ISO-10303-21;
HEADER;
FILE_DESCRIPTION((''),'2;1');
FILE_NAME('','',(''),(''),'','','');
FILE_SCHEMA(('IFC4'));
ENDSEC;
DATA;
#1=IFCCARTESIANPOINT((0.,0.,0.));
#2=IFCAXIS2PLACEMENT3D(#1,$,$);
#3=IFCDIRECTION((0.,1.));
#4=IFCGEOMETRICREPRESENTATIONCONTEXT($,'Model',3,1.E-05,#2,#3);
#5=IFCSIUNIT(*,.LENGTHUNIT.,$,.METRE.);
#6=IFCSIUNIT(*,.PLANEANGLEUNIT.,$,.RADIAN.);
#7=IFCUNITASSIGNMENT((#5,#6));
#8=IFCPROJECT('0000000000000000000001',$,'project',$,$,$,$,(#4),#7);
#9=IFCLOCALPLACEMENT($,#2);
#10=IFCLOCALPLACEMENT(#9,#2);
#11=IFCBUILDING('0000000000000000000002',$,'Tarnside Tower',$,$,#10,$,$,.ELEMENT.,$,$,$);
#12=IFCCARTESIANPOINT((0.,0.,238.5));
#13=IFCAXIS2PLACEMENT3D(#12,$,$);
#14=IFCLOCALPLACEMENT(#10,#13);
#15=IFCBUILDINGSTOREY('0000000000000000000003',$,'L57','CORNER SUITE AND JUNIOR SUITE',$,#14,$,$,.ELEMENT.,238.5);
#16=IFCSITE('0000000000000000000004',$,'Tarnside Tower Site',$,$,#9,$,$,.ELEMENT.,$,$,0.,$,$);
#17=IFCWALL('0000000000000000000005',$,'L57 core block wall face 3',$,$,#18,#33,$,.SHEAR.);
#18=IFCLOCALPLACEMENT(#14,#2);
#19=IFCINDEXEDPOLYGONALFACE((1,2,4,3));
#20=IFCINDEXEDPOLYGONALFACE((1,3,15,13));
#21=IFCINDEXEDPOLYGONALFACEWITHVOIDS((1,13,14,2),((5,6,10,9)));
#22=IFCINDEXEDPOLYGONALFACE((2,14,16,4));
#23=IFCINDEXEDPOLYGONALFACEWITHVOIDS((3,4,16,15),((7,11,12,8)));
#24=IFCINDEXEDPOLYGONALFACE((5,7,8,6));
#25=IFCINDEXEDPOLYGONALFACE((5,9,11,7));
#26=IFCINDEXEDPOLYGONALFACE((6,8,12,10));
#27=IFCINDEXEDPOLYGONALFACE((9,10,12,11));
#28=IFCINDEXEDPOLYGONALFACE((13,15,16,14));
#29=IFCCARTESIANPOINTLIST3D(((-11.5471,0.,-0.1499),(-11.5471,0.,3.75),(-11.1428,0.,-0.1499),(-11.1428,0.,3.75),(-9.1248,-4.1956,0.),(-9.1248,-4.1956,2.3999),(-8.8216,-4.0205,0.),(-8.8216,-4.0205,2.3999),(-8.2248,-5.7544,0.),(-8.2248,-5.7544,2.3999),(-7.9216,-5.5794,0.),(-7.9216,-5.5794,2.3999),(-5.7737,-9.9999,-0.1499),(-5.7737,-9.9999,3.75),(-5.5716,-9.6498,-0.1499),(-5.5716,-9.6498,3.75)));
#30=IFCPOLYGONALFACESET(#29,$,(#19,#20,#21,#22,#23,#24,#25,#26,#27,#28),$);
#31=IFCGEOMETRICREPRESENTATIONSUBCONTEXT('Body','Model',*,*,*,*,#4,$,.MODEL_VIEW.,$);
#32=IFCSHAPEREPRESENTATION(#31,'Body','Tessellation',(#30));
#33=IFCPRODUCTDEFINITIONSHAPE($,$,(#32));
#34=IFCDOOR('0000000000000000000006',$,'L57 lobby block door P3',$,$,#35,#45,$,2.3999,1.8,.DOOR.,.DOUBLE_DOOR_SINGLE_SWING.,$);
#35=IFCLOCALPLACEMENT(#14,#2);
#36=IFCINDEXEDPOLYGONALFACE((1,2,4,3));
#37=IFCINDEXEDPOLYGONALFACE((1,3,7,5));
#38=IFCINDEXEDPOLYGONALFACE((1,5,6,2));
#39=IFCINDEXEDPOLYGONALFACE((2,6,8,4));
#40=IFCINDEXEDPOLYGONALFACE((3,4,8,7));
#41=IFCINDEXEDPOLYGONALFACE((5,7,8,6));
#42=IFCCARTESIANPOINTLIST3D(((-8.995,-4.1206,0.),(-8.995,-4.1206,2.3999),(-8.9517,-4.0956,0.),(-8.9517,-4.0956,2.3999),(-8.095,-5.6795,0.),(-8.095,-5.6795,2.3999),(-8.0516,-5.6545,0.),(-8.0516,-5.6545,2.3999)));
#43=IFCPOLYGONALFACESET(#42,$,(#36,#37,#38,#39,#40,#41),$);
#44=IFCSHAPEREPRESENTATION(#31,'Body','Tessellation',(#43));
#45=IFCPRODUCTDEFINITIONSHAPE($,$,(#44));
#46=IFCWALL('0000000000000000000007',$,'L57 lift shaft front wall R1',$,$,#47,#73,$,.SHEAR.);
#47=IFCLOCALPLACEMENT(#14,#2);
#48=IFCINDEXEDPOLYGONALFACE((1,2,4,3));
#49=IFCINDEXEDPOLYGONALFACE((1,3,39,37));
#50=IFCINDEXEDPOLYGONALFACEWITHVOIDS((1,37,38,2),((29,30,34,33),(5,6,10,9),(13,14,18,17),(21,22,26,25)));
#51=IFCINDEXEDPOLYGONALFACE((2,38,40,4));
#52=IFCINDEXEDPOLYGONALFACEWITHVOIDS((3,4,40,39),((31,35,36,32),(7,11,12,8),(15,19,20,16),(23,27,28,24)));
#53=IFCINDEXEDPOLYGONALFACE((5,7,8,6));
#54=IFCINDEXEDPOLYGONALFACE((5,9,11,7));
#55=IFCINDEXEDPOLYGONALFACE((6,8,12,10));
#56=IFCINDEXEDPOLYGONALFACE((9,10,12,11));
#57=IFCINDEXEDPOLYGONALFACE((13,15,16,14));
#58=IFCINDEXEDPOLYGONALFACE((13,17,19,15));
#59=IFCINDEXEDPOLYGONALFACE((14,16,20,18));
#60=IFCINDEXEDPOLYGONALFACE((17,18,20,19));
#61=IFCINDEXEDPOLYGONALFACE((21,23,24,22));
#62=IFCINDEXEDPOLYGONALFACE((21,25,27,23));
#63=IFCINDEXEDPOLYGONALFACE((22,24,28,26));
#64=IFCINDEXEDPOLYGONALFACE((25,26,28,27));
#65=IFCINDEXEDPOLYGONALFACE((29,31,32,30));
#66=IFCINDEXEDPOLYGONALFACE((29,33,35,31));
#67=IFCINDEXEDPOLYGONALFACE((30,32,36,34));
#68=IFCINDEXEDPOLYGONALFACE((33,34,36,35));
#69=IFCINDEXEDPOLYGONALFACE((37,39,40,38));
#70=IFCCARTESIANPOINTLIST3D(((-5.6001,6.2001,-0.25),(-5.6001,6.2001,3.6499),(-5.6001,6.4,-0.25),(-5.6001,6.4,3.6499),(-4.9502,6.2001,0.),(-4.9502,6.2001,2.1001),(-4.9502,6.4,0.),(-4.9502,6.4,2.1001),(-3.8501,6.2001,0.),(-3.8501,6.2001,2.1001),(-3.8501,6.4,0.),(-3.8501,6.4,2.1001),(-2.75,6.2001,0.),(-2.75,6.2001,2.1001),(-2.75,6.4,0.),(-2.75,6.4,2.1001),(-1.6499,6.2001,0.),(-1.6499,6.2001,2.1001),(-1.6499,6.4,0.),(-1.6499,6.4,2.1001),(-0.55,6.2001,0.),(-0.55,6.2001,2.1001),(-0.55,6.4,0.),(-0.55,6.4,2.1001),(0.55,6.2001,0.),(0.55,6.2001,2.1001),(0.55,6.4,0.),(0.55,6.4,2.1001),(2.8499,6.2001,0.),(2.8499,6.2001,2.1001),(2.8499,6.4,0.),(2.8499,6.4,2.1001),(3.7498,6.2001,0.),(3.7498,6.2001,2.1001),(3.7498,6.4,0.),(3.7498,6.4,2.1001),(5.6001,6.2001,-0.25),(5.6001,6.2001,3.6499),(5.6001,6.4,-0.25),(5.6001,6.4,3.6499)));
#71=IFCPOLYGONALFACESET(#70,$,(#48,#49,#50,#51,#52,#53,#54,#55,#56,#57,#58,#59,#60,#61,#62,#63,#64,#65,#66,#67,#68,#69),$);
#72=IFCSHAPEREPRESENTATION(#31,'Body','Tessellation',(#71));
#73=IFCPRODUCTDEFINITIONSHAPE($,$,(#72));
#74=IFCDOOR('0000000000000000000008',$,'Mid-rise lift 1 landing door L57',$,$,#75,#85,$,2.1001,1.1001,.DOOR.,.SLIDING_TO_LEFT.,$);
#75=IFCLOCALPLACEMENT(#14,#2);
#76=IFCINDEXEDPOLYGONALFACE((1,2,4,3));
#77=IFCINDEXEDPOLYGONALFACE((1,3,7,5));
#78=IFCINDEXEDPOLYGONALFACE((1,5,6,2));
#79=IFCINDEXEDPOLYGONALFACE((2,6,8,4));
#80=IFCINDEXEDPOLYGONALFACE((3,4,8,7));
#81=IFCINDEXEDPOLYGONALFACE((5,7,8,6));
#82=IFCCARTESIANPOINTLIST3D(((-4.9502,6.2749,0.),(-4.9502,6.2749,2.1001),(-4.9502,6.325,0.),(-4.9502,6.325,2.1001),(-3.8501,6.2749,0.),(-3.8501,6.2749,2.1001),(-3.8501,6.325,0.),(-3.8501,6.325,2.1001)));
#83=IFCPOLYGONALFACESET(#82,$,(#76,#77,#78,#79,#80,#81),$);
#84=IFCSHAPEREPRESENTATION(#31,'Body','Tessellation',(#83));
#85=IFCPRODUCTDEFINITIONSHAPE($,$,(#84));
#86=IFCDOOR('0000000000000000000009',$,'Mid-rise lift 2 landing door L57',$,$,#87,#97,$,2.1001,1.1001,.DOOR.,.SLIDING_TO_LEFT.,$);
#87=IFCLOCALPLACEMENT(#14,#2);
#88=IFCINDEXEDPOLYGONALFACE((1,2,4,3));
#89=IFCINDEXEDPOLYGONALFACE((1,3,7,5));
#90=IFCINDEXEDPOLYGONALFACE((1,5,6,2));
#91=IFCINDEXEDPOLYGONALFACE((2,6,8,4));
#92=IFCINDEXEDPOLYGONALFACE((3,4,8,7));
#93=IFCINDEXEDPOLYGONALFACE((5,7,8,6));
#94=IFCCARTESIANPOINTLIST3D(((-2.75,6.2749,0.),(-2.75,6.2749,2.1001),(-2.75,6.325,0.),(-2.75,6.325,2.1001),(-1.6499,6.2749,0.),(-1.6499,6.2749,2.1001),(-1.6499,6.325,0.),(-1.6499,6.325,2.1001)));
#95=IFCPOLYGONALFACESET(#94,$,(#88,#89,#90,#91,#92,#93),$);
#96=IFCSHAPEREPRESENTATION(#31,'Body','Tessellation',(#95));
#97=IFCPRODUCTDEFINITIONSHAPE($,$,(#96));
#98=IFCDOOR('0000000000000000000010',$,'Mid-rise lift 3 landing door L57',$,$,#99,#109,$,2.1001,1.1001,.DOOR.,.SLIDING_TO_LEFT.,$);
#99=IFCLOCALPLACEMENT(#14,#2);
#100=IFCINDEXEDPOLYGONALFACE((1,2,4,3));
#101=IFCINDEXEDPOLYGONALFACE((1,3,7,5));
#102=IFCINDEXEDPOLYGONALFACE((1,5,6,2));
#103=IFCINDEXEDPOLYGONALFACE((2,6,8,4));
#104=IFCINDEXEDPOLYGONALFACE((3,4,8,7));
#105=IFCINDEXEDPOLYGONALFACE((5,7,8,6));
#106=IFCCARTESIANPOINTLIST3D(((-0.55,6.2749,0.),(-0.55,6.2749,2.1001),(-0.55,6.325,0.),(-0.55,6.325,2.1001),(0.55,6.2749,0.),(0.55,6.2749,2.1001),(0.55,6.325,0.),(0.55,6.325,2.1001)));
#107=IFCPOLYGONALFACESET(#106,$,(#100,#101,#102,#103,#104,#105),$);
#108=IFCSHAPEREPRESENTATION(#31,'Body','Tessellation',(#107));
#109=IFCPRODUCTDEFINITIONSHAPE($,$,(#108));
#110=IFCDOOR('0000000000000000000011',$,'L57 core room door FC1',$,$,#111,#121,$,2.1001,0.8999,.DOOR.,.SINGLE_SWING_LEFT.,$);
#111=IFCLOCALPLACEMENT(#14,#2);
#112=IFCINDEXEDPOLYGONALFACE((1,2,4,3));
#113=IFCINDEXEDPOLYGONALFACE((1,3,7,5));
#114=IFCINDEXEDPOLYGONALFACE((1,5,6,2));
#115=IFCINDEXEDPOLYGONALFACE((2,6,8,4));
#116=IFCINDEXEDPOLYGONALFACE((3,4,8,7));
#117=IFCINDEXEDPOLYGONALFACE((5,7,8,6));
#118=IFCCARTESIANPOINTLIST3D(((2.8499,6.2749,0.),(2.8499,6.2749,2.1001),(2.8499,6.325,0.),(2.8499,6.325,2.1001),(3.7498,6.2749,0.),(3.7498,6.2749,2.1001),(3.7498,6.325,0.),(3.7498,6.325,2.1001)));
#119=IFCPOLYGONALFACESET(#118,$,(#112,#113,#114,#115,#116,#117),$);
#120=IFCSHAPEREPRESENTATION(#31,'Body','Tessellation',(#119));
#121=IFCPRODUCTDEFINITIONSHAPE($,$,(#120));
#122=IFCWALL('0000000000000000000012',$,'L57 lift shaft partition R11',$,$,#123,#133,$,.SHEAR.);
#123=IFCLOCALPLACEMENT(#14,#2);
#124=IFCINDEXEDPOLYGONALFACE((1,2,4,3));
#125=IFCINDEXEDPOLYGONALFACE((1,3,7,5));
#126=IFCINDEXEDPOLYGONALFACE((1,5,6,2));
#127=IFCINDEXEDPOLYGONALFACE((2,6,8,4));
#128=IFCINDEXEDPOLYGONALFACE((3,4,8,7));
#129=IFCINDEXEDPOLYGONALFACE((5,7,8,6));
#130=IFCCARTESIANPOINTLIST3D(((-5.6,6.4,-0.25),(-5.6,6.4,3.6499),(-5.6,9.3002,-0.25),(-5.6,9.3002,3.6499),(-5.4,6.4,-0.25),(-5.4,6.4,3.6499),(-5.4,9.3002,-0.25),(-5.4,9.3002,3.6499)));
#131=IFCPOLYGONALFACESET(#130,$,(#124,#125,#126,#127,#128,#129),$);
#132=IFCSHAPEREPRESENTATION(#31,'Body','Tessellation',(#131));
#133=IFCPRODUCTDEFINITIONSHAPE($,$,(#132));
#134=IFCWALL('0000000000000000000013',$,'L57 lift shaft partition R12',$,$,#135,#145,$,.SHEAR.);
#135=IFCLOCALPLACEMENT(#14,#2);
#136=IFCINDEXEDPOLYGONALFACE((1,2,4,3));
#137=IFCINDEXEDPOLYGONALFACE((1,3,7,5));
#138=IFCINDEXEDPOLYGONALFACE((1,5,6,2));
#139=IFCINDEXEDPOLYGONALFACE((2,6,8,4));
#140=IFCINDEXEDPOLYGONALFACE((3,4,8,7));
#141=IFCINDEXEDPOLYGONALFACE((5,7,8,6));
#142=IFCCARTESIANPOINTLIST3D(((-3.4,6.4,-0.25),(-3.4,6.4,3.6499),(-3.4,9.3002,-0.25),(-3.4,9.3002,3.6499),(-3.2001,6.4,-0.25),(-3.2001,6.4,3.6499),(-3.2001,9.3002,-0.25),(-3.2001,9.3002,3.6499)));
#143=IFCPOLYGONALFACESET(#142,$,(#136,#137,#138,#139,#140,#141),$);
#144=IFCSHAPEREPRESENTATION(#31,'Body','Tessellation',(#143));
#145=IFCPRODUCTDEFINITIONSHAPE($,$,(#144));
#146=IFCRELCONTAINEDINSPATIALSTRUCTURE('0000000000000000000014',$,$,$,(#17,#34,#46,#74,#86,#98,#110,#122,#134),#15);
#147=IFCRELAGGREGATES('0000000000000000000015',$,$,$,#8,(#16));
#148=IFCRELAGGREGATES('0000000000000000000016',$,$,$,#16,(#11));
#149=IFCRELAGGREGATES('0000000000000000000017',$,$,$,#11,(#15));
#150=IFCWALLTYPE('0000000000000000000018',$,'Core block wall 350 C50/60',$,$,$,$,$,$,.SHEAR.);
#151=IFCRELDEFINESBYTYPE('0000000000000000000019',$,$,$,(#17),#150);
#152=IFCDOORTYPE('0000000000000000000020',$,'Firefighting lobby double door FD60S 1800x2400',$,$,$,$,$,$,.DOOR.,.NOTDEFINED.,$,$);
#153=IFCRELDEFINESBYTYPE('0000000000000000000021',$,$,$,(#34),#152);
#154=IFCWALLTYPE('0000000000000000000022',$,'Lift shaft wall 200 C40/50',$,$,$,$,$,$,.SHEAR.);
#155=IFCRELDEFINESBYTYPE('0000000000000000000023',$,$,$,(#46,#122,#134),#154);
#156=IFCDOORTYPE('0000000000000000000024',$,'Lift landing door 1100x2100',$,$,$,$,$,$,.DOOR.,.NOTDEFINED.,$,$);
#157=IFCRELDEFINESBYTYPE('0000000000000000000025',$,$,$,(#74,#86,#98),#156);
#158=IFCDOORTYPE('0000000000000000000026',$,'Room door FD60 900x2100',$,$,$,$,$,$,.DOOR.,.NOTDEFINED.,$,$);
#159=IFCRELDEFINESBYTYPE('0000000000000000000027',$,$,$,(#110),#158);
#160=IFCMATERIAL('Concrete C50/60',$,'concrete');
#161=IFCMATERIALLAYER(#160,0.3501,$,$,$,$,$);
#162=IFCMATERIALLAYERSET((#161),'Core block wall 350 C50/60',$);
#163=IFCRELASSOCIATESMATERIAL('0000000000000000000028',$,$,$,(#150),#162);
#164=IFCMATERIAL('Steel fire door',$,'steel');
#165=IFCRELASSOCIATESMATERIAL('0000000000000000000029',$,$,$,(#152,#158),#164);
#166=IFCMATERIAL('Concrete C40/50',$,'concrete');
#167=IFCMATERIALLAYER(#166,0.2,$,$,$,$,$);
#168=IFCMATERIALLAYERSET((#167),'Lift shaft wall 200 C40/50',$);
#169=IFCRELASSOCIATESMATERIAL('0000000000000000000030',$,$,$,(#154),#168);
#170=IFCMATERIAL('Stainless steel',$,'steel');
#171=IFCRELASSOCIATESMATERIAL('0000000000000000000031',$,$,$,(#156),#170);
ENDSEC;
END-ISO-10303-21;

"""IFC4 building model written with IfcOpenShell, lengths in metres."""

from ifc_helpers import new_model, si_unit, direction, frame, frame_2d, origin, place, context, subcontext, project, spatial, polyline, rectangle, outline, extrude, material, layer, layer_set, type_object, element, fill, save


model = new_model("IFC4")

# Units and contexts
model_context = context("Model", 3, precision=1e-05, world=origin(), true_north=direction((0.0, 1.0)))
body_context = subcontext(model_context, "Body", "Model", "MODEL_VIEW")
ifc_project = project(units=[si_unit("LENGTHUNIT", "METRE"), si_unit("PLANEANGLEUNIT", "RADIAN")], contexts=[model_context])

# Site, building, storey
site_placement = place(None, origin())
site = spatial("IfcSite", under=ifc_project, at=site_placement, Name="Tarnside Tower Site", CompositionType="ELEMENT", RefElevation=0.0)
building_placement = place(site_placement, origin())
building = spatial("IfcBuilding", under=site, at=building_placement, Name="Tarnside Tower", CompositionType="ELEMENT")
storey_placement = place(building_placement, frame((0.0, 0.0, 238.5)))
storey = spatial("IfcBuildingStorey", under=building, at=storey_placement, Name="L57", Description="CORNER SUITE AND JUNIOR SUITE", CompositionType="ELEMENT", Elevation=238.5)

# Wall, opening, door
ifc_material_1 = material(Name="Concrete C50/60", Category="concrete")
ifc_layer_1 = layer(ifc_material_1, 0.3501)
ifc_layer_set_1 = layer_set([ifc_layer_1], Name="Core block wall 350 C50/60")
wall_type_1 = type_object("IfcWallType", Name="Core block wall 350 C50/60", PredefinedType="SHEAR", material=ifc_layer_set_1)
wall_1_placement = place(storey_placement, frame((-11.345, 0.0, -0.1499), z_axis=(0.0, 0.0, 1.0), x_axis=(0.499995, -0.866028, 0.0)))
wall_1 = element("IfcWall", 1, at=wall_1_placement, inside=storey, type_object=wall_type_1, Name="L57 core block wall face 3", PredefinedType="SHEAR", context=body_context, shape_type="SweptSolid", body=[
    extrude(outline(polyline([(-0.1011, -0.175), (11.4458, -0.175), (11.2437, 0.175), (0.1011, 0.175), (-0.1011, -0.175)])), origin(), (0.0, 0.0, 1.0), 3.8999),
])
opening_1_placement = place(wall_1_placement, frame((4.7437, 0.0, 0.1499)))
opening_1 = element("IfcOpeningElement", 2, at=opening_1_placement, cuts=wall_1, PredefinedType="OPENING", context=body_context, shape_type="SweptSolid", body=[
    extrude(rectangle(XDim=1.8, YDim=2.3999, at=frame_2d((0.8999, 1.2))), frame((0.0, 0.1851, 0.0), z_axis=(0.0, -1.0, 0.0), x_axis=(1.0, 0.0, 0.0)), (0.0, 0.0, 1.0), 0.3701),
])
ifc_material_2 = material(Name="Steel fire door", Category="steel")
door_type_1 = type_object("IfcDoorType", Name="Firefighting lobby double door FD60S 1800x2400", OperationType="NOTDEFINED", PredefinedType="DOOR", material=ifc_material_2)
door_1_placement = place(opening_1_placement, origin())
door_1 = element("IfcDoor", 3, at=door_1_placement, inside=storey, type_object=door_type_1, Name="L57 lobby block door P3", OperationType="DOUBLE_DOOR_SINGLE_SWING", OverallHeight=2.3999, OverallWidth=1.8, PredefinedType="DOOR", context=body_context, shape_type="SweptSolid", body=[
    extrude(rectangle(XDim=1.8, YDim=2.3999, at=frame_2d((0.8999, 1.2))), frame((0.0, 0.0249, 0.0), z_axis=(0.0, -1.0, 0.0), x_axis=(1.0, 0.0, 0.0)), (0.0, 0.0, 1.0), 0.05),
])
fill(opening_1, door_1)

# Wall, openings, doors
ifc_material_3 = material(Name="Concrete C40/50", Category="concrete")
ifc_layer_2 = layer(ifc_material_3, 0.2)
ifc_layer_set_2 = layer_set([ifc_layer_2], Name="Lift shaft wall 200 C40/50")
wall_type_2 = type_object("IfcWallType", Name="Lift shaft wall 200 C40/50", PredefinedType="SHEAR", material=ifc_layer_set_2)
wall_2_placement = place(storey_placement, frame((-5.6001, 6.3, -0.25), z_axis=(0.0, 0.0, 1.0), x_axis=(1.0, 0.0, 0.0)))
wall_2 = element("IfcWall", 4, at=wall_2_placement, inside=storey, type_object=wall_type_2, Name="L57 lift shaft front wall R1", PredefinedType="SHEAR", context=body_context, shape_type="SweptSolid", body=[
    extrude(rectangle(XDim=11.2002, YDim=0.2, at=frame_2d((5.6001, 0.0))), origin(), (0.0, 0.0, 1.0), 3.8999),
])
opening_2_placement = place(wall_2_placement, frame((8.45, 0.0, 0.25)))
opening_2 = element("IfcOpeningElement", 5, at=opening_2_placement, cuts=wall_2, PredefinedType="OPENING", context=body_context, shape_type="SweptSolid", body=[
    extrude(rectangle(XDim=0.8999, YDim=2.1001, at=frame_2d((0.45, 1.05))), frame((0.0, 0.1099, 0.0), z_axis=(0.0, -1.0, 0.0), x_axis=(1.0, 0.0, 0.0)), (0.0, 0.0, 1.0), 0.22),
])
opening_3_placement = place(wall_2_placement, frame((0.6499, 0.0, 0.25)))
opening_3 = element("IfcOpeningElement", 6, at=opening_3_placement, cuts=wall_2, PredefinedType="OPENING", context=body_context, shape_type="SweptSolid", body=[
    extrude(rectangle(XDim=1.1001, YDim=2.1001, at=frame_2d((0.55, 1.05))), frame((0.0, 0.1099, 0.0), z_axis=(0.0, -1.0, 0.0), x_axis=(1.0, 0.0, 0.0)), (0.0, 0.0, 1.0), 0.22),
])
opening_4_placement = place(wall_2_placement, frame((2.8501, 0.0, 0.25)))
opening_4 = element("IfcOpeningElement", 7, at=opening_4_placement, cuts=wall_2, PredefinedType="OPENING", context=body_context, shape_type="SweptSolid", body=[
    extrude(rectangle(XDim=1.1001, YDim=2.1001, at=frame_2d((0.55, 1.05))), frame((0.0, 0.1099, 0.0), z_axis=(0.0, -1.0, 0.0), x_axis=(1.0, 0.0, 0.0)), (0.0, 0.0, 1.0), 0.22),
])
opening_5_placement = place(wall_2_placement, frame((5.05, 0.0, 0.25)))
opening_5 = element("IfcOpeningElement", 8, at=opening_5_placement, cuts=wall_2, PredefinedType="OPENING", context=body_context, shape_type="SweptSolid", body=[
    extrude(rectangle(XDim=1.1001, YDim=2.1001, at=frame_2d((0.55, 1.05))), frame((0.0, 0.1099, 0.0), z_axis=(0.0, -1.0, 0.0), x_axis=(1.0, 0.0, 0.0)), (0.0, 0.0, 1.0), 0.22),
])
ifc_material_4 = material(Name="Stainless steel", Category="steel")
door_type_2 = type_object("IfcDoorType", Name="Lift landing door 1100x2100", OperationType="NOTDEFINED", PredefinedType="DOOR", material=ifc_material_4)
door_2_placement = place(opening_3_placement, origin())
door_2 = element("IfcDoor", 9, at=door_2_placement, inside=storey, type_object=door_type_2, Name="Mid-rise lift 1 landing door L57", OperationType="SLIDING_TO_LEFT", OverallHeight=2.1001, OverallWidth=1.1001, PredefinedType="DOOR", context=body_context, shape_type="SweptSolid", body=[
    extrude(rectangle(XDim=1.1001, YDim=2.1001, at=frame_2d((0.55, 1.05))), frame((0.0, 0.0249, 0.0), z_axis=(0.0, -1.0, 0.0), x_axis=(1.0, 0.0, 0.0)), (0.0, 0.0, 1.0), 0.05),
])
fill(opening_3, door_2)
door_3_placement = place(opening_4_placement, origin())
door_3 = element("IfcDoor", 10, at=door_3_placement, inside=storey, type_object=door_type_2, Name="Mid-rise lift 2 landing door L57", OperationType="SLIDING_TO_LEFT", OverallHeight=2.1001, OverallWidth=1.1001, PredefinedType="DOOR", context=body_context, shape_type="SweptSolid", body=[
    extrude(rectangle(XDim=1.1001, YDim=2.1001, at=frame_2d((0.55, 1.05))), frame((0.0, 0.0249, 0.0), z_axis=(0.0, -1.0, 0.0), x_axis=(1.0, 0.0, 0.0)), (0.0, 0.0, 1.0), 0.05),
])
fill(opening_4, door_3)
door_4_placement = place(opening_5_placement, origin())
door_4 = element("IfcDoor", 11, at=door_4_placement, inside=storey, type_object=door_type_2, Name="Mid-rise lift 3 landing door L57", OperationType="SLIDING_TO_LEFT", OverallHeight=2.1001, OverallWidth=1.1001, PredefinedType="DOOR", context=body_context, shape_type="SweptSolid", body=[
    extrude(rectangle(XDim=1.1001, YDim=2.1001, at=frame_2d((0.55, 1.05))), frame((0.0, 0.0249, 0.0), z_axis=(0.0, -1.0, 0.0), x_axis=(1.0, 0.0, 0.0)), (0.0, 0.0, 1.0), 0.05),
])
fill(opening_5, door_4)
door_type_3 = type_object("IfcDoorType", Name="Room door FD60 900x2100", OperationType="NOTDEFINED", PredefinedType="DOOR", material=ifc_material_2)
door_5_placement = place(opening_2_placement, origin())
door_5 = element("IfcDoor", 12, at=door_5_placement, inside=storey, type_object=door_type_3, Name="L57 core room door FC1", OperationType="SINGLE_SWING_LEFT", OverallHeight=2.1001, OverallWidth=0.8999, PredefinedType="DOOR", context=body_context, shape_type="SweptSolid", body=[
    extrude(rectangle(XDim=0.8999, YDim=2.1001, at=frame_2d((0.45, 1.05))), frame((0.0, 0.0249, 0.0), z_axis=(0.0, -1.0, 0.0), x_axis=(1.0, 0.0, 0.0)), (0.0, 0.0, 1.0), 0.05),
])
fill(opening_2, door_5)

# Walls
for number, where, z_axis, x_axis, name in (
    (13, (-5.5, 6.3999, -0.25), (0.0, 0.0, 1.0), (0.0, 1.0, 0.0), "L57 lift shaft partition R11"),
    (14, (-3.3, 6.3999, -0.25), (0.0, 0.0, 1.0), (0.0, 1.0, 0.0), "L57 lift shaft partition R12"),
):
    element("IfcWall", number, at=place(storey_placement, frame(where, z_axis=z_axis, x_axis=x_axis)), inside=storey, type_object=wall_type_2, Name=name, PredefinedType="SHEAR", context=body_context, shape_type="SweptSolid", body=[
        extrude(rectangle(XDim=2.9001, YDim=0.2, at=frame_2d((1.4502, 0.0))), origin(), (0.0, 0.0, 1.0), 3.8999),
    ])

save(model, "model.ifc")
